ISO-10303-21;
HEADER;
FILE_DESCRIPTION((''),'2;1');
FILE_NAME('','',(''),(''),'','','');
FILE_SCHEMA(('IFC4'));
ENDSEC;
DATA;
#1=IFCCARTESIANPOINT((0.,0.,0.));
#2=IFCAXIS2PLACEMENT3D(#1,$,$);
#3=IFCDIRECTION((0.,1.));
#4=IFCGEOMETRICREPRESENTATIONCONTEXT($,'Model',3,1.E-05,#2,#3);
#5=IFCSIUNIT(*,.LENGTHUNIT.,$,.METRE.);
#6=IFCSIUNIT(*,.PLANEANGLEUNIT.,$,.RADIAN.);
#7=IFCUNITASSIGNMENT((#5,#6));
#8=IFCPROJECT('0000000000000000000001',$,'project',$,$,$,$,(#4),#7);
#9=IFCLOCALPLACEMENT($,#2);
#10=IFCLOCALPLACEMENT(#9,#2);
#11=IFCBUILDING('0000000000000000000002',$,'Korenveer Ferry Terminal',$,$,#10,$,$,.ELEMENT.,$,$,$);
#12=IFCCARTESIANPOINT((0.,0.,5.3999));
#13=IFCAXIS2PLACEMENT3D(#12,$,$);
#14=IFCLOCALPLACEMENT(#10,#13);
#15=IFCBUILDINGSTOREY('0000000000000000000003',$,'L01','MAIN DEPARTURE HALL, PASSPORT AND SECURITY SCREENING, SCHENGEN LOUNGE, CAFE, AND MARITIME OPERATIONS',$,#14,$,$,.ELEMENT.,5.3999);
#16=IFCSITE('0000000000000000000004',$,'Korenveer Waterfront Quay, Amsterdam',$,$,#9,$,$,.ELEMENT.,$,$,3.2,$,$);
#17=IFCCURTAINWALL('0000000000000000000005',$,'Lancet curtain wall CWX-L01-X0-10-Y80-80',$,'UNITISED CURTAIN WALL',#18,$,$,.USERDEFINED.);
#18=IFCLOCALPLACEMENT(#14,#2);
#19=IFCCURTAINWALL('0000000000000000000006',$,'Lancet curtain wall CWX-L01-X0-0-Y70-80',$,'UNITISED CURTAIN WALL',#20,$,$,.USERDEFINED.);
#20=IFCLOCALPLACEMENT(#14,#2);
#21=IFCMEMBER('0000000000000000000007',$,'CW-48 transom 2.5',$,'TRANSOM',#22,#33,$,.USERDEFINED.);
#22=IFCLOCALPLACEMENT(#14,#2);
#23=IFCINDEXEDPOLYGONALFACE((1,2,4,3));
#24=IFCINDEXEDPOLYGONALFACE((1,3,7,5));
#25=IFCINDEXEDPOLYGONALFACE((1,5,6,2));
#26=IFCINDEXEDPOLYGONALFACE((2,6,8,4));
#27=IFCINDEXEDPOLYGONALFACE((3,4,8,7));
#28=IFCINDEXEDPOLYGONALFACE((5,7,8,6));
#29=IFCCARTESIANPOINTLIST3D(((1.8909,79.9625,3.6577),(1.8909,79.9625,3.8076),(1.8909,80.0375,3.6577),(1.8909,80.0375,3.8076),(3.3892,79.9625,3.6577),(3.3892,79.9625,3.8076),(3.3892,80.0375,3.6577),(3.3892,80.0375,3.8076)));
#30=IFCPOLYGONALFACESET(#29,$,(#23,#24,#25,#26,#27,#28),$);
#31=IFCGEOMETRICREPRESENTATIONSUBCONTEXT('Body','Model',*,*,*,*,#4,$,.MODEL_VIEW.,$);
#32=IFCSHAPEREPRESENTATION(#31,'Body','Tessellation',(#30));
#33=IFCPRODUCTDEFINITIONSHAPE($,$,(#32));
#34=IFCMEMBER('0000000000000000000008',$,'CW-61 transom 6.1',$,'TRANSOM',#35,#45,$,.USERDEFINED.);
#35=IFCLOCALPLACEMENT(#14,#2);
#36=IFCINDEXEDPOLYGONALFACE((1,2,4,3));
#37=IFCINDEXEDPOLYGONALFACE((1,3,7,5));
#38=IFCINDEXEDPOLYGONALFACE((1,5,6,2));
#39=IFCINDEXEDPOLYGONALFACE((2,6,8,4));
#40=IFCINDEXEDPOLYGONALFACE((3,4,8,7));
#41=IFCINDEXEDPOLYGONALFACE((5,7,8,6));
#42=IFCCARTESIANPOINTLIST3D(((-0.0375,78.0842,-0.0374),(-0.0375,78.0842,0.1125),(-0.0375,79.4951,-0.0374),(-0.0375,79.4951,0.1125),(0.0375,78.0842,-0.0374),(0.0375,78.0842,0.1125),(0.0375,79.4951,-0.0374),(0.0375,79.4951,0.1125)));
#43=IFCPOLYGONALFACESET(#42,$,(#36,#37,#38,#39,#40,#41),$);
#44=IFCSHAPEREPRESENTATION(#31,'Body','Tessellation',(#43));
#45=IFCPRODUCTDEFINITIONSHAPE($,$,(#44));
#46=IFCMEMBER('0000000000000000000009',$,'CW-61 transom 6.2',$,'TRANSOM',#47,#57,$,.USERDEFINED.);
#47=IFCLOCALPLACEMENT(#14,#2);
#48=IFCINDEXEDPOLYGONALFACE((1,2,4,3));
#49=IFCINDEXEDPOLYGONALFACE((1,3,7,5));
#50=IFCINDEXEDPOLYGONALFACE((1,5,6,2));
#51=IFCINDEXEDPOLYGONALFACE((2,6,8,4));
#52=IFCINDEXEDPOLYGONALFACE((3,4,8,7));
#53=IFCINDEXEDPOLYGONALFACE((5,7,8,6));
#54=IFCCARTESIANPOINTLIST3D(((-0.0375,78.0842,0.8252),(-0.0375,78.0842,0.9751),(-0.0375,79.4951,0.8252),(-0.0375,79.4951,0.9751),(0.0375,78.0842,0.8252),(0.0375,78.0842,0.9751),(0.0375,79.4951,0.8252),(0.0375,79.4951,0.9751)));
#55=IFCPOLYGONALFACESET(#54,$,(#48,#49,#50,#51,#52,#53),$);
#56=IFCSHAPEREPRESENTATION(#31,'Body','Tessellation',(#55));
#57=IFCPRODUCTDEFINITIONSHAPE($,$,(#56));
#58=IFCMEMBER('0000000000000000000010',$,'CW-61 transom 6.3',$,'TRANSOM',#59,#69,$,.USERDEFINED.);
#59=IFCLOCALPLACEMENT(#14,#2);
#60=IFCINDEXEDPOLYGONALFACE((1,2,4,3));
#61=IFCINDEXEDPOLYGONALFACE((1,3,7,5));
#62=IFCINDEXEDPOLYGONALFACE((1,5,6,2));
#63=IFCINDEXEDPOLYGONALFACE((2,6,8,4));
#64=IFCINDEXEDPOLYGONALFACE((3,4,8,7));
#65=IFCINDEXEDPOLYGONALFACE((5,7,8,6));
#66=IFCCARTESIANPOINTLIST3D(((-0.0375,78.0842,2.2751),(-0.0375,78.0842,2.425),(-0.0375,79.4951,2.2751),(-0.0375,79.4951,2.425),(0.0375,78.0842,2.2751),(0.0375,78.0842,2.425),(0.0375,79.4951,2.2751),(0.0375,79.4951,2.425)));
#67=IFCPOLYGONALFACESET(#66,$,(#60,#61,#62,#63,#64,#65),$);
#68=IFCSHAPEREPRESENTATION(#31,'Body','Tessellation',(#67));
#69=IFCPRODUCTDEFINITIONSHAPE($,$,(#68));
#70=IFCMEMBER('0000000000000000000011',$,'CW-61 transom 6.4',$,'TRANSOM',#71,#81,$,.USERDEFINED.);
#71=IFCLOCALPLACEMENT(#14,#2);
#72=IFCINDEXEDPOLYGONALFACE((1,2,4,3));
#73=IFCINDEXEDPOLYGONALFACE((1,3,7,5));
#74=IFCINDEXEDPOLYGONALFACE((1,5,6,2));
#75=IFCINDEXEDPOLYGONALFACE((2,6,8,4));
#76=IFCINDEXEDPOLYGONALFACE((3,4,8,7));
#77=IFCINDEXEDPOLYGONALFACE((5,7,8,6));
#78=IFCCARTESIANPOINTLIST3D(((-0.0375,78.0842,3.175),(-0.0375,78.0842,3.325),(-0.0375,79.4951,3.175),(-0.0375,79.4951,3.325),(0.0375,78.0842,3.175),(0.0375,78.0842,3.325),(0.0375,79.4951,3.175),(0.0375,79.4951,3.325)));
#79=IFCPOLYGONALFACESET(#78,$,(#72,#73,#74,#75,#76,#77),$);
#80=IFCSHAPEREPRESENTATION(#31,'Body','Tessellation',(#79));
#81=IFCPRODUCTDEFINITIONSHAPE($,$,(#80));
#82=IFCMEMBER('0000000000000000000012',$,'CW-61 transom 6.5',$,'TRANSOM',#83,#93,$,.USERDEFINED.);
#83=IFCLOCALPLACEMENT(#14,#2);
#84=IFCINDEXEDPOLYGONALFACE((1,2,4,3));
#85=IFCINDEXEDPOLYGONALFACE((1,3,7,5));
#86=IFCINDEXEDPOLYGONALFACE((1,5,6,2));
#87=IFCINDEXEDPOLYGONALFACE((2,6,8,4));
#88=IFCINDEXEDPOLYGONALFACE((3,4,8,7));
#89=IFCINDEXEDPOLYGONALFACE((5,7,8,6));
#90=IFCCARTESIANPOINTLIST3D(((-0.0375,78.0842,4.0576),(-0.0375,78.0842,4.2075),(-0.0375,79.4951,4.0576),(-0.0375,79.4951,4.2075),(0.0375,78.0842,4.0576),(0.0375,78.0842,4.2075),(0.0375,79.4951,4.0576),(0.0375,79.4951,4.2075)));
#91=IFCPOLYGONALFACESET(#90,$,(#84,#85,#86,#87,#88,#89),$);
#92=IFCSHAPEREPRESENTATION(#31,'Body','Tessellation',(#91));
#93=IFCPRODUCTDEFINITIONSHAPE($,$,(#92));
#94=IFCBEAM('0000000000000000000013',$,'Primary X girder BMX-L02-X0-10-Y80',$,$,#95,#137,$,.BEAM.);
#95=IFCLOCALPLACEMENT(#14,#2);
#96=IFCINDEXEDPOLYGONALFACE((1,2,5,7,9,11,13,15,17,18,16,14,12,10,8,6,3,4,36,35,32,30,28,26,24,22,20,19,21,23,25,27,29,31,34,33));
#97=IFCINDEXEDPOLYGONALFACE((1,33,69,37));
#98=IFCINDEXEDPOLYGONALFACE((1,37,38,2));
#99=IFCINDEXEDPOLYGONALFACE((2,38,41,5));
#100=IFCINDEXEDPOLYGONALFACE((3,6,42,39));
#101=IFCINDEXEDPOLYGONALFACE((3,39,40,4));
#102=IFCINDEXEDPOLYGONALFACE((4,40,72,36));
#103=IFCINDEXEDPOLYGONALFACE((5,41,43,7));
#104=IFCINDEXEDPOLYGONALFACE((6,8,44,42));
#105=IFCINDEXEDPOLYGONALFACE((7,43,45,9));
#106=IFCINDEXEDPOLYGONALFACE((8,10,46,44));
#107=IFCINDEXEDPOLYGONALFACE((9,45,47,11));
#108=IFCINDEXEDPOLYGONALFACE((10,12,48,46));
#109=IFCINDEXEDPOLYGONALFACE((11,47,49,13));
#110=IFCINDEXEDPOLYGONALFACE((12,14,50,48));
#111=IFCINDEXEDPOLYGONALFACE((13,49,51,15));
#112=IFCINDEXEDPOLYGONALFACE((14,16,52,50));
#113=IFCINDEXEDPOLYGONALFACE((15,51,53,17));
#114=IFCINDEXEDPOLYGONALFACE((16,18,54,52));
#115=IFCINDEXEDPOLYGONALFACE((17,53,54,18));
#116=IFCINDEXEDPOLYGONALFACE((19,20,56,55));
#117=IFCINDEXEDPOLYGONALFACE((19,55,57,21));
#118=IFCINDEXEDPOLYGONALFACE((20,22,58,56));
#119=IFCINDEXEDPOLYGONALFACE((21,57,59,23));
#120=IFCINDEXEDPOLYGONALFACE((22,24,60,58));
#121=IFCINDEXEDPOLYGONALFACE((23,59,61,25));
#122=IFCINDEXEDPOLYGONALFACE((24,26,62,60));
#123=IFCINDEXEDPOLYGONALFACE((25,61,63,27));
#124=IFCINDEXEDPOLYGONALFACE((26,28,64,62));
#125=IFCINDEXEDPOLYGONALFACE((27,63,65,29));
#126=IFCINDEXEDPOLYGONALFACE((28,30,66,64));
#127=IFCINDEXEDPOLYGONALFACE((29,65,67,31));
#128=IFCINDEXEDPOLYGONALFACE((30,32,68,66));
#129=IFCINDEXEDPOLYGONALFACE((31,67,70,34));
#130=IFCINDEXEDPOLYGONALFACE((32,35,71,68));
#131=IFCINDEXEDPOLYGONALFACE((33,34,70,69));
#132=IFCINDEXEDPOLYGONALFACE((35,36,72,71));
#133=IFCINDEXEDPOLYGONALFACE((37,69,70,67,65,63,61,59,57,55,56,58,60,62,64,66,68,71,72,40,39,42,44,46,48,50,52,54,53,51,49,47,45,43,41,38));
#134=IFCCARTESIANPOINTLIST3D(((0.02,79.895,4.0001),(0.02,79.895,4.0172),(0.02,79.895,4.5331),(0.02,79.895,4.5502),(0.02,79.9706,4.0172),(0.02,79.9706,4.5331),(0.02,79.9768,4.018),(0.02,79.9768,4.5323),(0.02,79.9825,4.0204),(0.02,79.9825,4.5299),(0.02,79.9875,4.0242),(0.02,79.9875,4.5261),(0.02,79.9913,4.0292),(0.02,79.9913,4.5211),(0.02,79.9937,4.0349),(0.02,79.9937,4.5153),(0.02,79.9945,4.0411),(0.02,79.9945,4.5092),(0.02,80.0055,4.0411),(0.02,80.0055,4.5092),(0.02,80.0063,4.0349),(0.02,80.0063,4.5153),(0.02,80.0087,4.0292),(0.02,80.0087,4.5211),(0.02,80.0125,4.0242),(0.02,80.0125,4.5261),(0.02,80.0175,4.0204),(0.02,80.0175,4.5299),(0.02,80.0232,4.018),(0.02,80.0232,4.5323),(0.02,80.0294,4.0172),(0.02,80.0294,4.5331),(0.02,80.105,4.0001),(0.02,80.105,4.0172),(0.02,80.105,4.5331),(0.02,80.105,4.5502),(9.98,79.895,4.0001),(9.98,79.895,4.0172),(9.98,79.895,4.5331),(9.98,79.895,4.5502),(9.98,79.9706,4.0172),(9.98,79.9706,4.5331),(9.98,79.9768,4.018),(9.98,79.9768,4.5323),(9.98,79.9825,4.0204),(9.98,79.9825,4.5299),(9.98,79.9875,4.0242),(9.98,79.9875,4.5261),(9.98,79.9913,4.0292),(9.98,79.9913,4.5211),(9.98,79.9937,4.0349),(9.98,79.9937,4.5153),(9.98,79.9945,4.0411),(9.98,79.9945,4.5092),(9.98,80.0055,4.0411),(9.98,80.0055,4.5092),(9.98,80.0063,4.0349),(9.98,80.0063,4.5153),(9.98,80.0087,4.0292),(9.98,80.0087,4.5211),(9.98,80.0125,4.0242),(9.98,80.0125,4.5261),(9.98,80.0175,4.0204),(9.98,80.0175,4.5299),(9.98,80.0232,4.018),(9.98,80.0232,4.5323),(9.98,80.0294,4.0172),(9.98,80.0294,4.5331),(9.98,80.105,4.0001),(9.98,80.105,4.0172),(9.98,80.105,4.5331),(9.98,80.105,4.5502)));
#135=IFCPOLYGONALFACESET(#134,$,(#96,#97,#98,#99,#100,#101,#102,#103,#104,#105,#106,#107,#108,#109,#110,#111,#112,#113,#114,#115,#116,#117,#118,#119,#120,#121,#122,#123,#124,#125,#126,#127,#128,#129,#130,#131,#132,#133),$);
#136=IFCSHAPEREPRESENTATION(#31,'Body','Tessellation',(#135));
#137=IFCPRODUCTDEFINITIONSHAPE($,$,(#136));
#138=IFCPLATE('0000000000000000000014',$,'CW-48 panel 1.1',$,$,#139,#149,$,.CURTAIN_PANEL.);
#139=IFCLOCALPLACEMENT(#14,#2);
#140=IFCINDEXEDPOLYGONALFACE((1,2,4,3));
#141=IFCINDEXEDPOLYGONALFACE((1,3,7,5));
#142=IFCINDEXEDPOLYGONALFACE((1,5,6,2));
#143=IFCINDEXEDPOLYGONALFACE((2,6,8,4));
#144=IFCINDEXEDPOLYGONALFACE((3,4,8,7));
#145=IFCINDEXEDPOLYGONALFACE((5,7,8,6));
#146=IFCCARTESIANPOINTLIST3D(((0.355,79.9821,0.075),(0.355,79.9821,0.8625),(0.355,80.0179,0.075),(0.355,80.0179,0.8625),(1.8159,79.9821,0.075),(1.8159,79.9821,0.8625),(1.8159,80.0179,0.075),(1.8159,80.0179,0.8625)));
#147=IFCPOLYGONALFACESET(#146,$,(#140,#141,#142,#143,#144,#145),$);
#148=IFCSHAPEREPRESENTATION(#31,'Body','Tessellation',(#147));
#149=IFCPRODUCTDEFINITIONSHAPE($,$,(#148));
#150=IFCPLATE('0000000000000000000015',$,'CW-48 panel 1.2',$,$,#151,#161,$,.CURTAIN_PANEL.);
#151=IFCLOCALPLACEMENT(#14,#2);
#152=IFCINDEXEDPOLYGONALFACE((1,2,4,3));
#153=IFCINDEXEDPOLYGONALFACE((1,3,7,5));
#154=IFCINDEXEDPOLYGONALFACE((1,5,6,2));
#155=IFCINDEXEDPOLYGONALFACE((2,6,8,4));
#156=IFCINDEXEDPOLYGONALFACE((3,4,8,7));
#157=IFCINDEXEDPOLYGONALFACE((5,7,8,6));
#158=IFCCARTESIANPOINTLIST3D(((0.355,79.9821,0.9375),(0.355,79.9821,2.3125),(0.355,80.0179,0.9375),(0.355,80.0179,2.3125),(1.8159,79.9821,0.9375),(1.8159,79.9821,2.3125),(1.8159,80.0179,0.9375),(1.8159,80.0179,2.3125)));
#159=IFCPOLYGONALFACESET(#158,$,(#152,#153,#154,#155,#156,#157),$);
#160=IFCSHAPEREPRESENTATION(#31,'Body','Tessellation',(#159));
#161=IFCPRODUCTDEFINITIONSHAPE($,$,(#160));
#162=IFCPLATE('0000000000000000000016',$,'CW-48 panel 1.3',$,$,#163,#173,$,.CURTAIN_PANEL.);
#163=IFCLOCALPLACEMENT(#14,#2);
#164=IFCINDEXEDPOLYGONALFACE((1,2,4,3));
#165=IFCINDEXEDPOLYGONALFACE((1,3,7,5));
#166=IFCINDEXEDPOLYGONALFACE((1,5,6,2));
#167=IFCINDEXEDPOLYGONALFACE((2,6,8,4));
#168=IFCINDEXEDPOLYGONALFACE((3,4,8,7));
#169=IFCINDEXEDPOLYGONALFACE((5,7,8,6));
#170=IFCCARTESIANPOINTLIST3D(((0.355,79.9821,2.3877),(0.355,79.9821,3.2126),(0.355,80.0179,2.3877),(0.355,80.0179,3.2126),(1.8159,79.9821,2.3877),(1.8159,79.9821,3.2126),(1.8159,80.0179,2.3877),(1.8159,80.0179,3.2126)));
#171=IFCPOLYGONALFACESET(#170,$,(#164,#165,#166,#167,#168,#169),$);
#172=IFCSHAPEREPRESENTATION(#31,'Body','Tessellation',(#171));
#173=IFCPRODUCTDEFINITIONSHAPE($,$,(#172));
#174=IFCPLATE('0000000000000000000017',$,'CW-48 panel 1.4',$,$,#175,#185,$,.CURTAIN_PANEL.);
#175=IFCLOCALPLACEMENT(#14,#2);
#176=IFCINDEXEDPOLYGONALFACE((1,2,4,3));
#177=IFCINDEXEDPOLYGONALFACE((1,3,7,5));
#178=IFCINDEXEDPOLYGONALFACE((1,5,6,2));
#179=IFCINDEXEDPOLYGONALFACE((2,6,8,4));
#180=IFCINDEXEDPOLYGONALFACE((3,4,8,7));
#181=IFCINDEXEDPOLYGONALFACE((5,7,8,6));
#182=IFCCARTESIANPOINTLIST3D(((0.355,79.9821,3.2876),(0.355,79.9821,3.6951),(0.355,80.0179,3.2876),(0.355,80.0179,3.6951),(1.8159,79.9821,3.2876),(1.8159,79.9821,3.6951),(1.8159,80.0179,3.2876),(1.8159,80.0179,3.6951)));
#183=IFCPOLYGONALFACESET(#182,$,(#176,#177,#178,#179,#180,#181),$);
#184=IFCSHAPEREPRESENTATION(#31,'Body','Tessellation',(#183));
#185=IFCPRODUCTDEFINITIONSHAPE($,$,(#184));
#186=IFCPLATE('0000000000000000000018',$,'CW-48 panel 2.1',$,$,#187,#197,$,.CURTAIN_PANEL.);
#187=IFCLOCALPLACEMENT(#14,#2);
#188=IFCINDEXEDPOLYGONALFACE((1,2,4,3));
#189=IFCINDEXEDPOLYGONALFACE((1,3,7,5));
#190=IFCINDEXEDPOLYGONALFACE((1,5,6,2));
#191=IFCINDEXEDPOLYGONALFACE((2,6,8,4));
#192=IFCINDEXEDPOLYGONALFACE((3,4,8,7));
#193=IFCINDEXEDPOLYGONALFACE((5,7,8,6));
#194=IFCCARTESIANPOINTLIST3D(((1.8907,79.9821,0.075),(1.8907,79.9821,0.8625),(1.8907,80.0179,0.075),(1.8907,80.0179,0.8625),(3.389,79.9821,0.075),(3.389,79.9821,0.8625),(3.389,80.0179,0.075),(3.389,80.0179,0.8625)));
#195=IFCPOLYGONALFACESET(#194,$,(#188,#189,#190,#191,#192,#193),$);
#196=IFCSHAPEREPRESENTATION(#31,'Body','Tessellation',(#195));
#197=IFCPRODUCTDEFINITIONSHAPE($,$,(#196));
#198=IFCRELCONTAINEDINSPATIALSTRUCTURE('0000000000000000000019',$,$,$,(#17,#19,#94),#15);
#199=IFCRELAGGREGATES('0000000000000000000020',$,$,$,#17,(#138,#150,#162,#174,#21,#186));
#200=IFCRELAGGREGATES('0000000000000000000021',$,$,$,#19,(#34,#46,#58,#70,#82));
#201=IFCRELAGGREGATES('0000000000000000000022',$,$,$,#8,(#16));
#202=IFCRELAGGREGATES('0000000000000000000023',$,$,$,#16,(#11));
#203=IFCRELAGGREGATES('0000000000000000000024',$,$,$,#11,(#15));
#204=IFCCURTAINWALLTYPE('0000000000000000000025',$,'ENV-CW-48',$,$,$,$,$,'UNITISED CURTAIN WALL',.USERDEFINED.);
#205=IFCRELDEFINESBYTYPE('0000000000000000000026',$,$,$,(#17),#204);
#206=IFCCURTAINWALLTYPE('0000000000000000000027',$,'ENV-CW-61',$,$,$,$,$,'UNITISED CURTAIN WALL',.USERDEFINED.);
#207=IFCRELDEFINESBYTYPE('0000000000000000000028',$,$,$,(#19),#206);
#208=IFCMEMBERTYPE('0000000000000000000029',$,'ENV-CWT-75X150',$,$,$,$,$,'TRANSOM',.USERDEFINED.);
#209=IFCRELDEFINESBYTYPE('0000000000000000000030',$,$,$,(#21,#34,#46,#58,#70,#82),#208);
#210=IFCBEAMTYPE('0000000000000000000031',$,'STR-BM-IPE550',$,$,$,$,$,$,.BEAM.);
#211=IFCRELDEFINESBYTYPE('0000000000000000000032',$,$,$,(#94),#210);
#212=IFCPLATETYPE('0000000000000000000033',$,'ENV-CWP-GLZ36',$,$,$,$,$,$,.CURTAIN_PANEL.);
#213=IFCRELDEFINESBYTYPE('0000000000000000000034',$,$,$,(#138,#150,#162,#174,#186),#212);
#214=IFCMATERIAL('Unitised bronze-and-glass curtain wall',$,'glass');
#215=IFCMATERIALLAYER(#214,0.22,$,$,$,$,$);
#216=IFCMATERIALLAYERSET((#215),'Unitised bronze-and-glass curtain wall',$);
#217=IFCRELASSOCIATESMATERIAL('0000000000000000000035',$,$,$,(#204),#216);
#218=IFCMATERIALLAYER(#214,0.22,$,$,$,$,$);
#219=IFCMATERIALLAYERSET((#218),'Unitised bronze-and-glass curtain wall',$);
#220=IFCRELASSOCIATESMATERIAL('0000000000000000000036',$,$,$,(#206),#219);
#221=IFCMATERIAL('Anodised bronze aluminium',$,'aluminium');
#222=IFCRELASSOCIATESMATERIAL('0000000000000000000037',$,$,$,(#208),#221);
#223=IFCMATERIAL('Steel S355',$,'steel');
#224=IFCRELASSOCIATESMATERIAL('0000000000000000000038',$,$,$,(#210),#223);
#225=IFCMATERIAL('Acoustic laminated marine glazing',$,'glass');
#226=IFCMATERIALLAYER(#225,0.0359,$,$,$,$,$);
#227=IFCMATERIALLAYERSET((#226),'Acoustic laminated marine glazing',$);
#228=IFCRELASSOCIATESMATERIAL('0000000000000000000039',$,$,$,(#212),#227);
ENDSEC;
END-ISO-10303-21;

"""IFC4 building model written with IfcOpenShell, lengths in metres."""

from ifc_helpers import new_model, si_unit, direction, frame, origin, origin_2d, place, context, subcontext, project, spatial, rectangle, i_section, extrude, material, layer, layer_set, material_profile, profile_set, type_object, element, aggregate, save


model = new_model("IFC4")

# Units and contexts
model_context = context("Model", 3, precision=1e-05, world=origin(), true_north=direction((0.0, 1.0)))
body_context = subcontext(model_context, "Body", "Model", "MODEL_VIEW")
ifc_project = project(units=[si_unit("LENGTHUNIT", "METRE"), si_unit("PLANEANGLEUNIT", "RADIAN")], contexts=[model_context])

# Site, building, storey
site_placement = place(None, origin())
site = spatial("IfcSite", under=ifc_project, at=site_placement, Name="Korenveer Waterfront Quay, Amsterdam", CompositionType="ELEMENT", RefElevation=3.2)
building_placement = place(site_placement, origin())
building = spatial("IfcBuilding", under=site, at=building_placement, Name="Korenveer Ferry Terminal", CompositionType="ELEMENT")
storey_placement = place(building_placement, frame((0.0, 0.0, 5.3999)))
storey = spatial("IfcBuildingStorey", under=building, at=storey_placement, Name="L01", Description="MAIN DEPARTURE HALL, PASSPORT AND SECURITY SCREENING, SCHENGEN LOUNGE, CAFE, AND MARITIME OPERATIONS", CompositionType="ELEMENT", Elevation=5.3999)

# Curtain walls
ifc_material_1 = material(Name="Unitised bronze-and-glass curtain wall", Category="glass")
ifc_layer_1 = layer(ifc_material_1, 0.22)
ifc_layer_set_1 = layer_set([ifc_layer_1], Name="Unitised bronze-and-glass curtain wall")
curtain_wall_type_1 = type_object("IfcCurtainWallType", Name="ENV-CW-48", ElementType="UNITISED CURTAIN WALL", PredefinedType="USERDEFINED", material=ifc_layer_set_1)
curtain_wall_1_placement = place(storey_placement, frame((0.28, 80.0, 0.0)))
curtain_wall_1 = element("IfcCurtainWall", 1, at=curtain_wall_1_placement, inside=storey, type_object=curtain_wall_type_1, Name="Lancet curtain wall CWX-L01-X0-10-Y80-80", ObjectType="UNITISED CURTAIN WALL", PredefinedType="USERDEFINED")
ifc_material_2 = material(Name="Anodised bronze aluminium", Category="aluminium")
ifc_layer_2 = layer(ifc_material_1, 0.22)
ifc_layer_set_2 = layer_set([ifc_layer_2], Name="Unitised bronze-and-glass curtain wall")
curtain_wall_type_2 = type_object("IfcCurtainWallType", Name="ENV-CW-61", ElementType="UNITISED CURTAIN WALL", PredefinedType="USERDEFINED", material=ifc_layer_set_2)
curtain_wall_2_placement = place(storey_placement, frame((0.0, 70.4299, 0.0)))
curtain_wall_2 = element("IfcCurtainWall", 2, at=curtain_wall_2_placement, inside=storey, type_object=curtain_wall_type_2, Name="Lancet curtain wall CWX-L01-X0-0-Y70-80", ObjectType="UNITISED CURTAIN WALL", PredefinedType="USERDEFINED")

# Members
ifc_material_profile_1 = material_profile(ifc_material_2, rectangle(XDim=0.075, YDim=0.1499, at=origin_2d()), Name="ALU 75x150")
ifc_profile_set_1 = profile_set([ifc_material_profile_1], Name="Anodised bronze aluminium")
member_type_1 = type_object("IfcMemberType", Name="ENV-CWT-75X150", ElementType="TRANSOM", PredefinedType="USERDEFINED", material=ifc_profile_set_1)
member_1_placement = place(storey_placement, frame((1.8909, 80.0, 3.7327), z_axis=(1.0, 0.0, 0.0), x_axis=(0.0, 1.0, 0.0)))
member_1 = element("IfcMember", 3, at=member_1_placement, type_object=member_type_1, Name="CW-48 transom 2.5", ObjectType="TRANSOM", PredefinedType="USERDEFINED", context=body_context, shape_type="SweptSolid", body=[
    extrude(rectangle(XDim=0.075, YDim=0.1499, at=origin_2d()), origin(), (0.0, 0.0, 1.0), 1.4983),
])
member_2_placement = place(storey_placement, frame((0.0, 78.0842, 0.0376), z_axis=(0.0, 1.0, 0.0), x_axis=(-1.0, 0.0, 0.0)))
member_2 = element("IfcMember", 4, at=member_2_placement, type_object=member_type_1, Name="CW-61 transom 6.1", ObjectType="TRANSOM", PredefinedType="USERDEFINED", context=body_context, shape_type="SweptSolid", body=[
    extrude(rectangle(XDim=0.075, YDim=0.1499, at=origin_2d()), origin(), (0.0, 0.0, 1.0), 1.4109),
])
member_3_placement = place(storey_placement, frame((0.0, 78.0842, 0.9001), z_axis=(0.0, 1.0, 0.0), x_axis=(-1.0, 0.0, 0.0)))
member_3 = element("IfcMember", 5, at=member_3_placement, type_object=member_type_1, Name="CW-61 transom 6.2", ObjectType="TRANSOM", PredefinedType="USERDEFINED", context=body_context, shape_type="SweptSolid", body=[
    extrude(rectangle(XDim=0.075, YDim=0.1499, at=origin_2d()), origin(), (0.0, 0.0, 1.0), 1.4109),
])
member_4_placement = place(storey_placement, frame((0.0, 78.0842, 2.3501), z_axis=(0.0, 1.0, 0.0), x_axis=(-1.0, 0.0, 0.0)))
member_4 = element("IfcMember", 6, at=member_4_placement, type_object=member_type_1, Name="CW-61 transom 6.3", ObjectType="TRANSOM", PredefinedType="USERDEFINED", context=body_context, shape_type="SweptSolid", body=[
    extrude(rectangle(XDim=0.075, YDim=0.1499, at=origin_2d()), origin(), (0.0, 0.0, 1.0), 1.4109),
])
member_5_placement = place(storey_placement, frame((0.0, 78.0842, 3.25), z_axis=(0.0, 1.0, 0.0), x_axis=(-1.0, 0.0, 0.0)))
member_5 = element("IfcMember", 7, at=member_5_placement, type_object=member_type_1, Name="CW-61 transom 6.4", ObjectType="TRANSOM", PredefinedType="USERDEFINED", context=body_context, shape_type="SweptSolid", body=[
    extrude(rectangle(XDim=0.075, YDim=0.1499, at=origin_2d()), origin(), (0.0, 0.0, 1.0), 1.4109),
])
member_6_placement = place(storey_placement, frame((0.0, 78.0842, 4.1326), z_axis=(0.0, 1.0, 0.0), x_axis=(-1.0, 0.0, 0.0)))
member_6 = element("IfcMember", 8, at=member_6_placement, type_object=member_type_1, Name="CW-61 transom 6.5", ObjectType="TRANSOM", PredefinedType="USERDEFINED", context=body_context, shape_type="SweptSolid", body=[
    extrude(rectangle(XDim=0.075, YDim=0.1499, at=origin_2d()), origin(), (0.0, 0.0, 1.0), 1.4109),
])

# Beam
ifc_material_3 = material(Name="Steel S355", Category="steel")
ifc_material_profile_2 = material_profile(ifc_material_3, i_section(OverallWidth=0.21, OverallDepth=0.55, WebThickness=0.011, FlangeThickness=0.0171, FilletRadius=0.0239, at=origin_2d()), Name="IPE 550")
ifc_profile_set_2 = profile_set([ifc_material_profile_2], Name="Steel S355")
beam_type = type_object("IfcBeamType", Name="STR-BM-IPE550", PredefinedType="BEAM", material=ifc_profile_set_2)
beam_placement = place(storey_placement, frame((0.02, 80.0, 4.2751), z_axis=(1.0, 0.0, 0.0), x_axis=(0.0, 1.0, 0.0)))
element("IfcBeam", 9, at=beam_placement, inside=storey, type_object=beam_type, Name="Primary X girder BMX-L02-X0-10-Y80", PredefinedType="BEAM", context=body_context, shape_type="SweptSolid", body=[
    extrude(i_section(OverallWidth=0.21, OverallDepth=0.55, WebThickness=0.011, FlangeThickness=0.0171, FilletRadius=0.0239, at=origin_2d()), origin(), (0.0, 0.0, 1.0), 9.96),
])

# Plates
ifc_material_4 = material(Name="Acoustic laminated marine glazing", Category="glass")
ifc_layer_3 = layer(ifc_material_4, 0.0359)
ifc_layer_set_3 = layer_set([ifc_layer_3], Name="Acoustic laminated marine glazing")
plate_type = type_object("IfcPlateType", Name="ENV-CWP-GLZ36", PredefinedType="CURTAIN_PANEL", material=ifc_layer_set_3)
plate_1_placement = place(storey_placement, frame((1.0854, 80.0, 0.075), z_axis=(0.0, 0.0, 1.0), x_axis=(1.0, 0.0, 0.0)))
plate_1 = element("IfcPlate", 10, at=plate_1_placement, type_object=plate_type, Name="CW-48 panel 1.1", PredefinedType="CURTAIN_PANEL", context=body_context, shape_type="SweptSolid", body=[
    extrude(rectangle(XDim=1.4609, YDim=0.0359, at=origin_2d()), origin(), (0.0, 0.0, 1.0), 0.7876),
])
plate_2_placement = place(storey_placement, frame((1.0854, 80.0, 0.9375), z_axis=(0.0, 0.0, 1.0), x_axis=(1.0, 0.0, 0.0)))
plate_2 = element("IfcPlate", 11, at=plate_2_placement, type_object=plate_type, Name="CW-48 panel 1.2", PredefinedType="CURTAIN_PANEL", context=body_context, shape_type="SweptSolid", body=[
    extrude(rectangle(XDim=1.4609, YDim=0.0359, at=origin_2d()), origin(), (0.0, 0.0, 1.0), 1.375),
])
plate_3_placement = place(storey_placement, frame((1.0854, 80.0, 2.3877), z_axis=(0.0, 0.0, 1.0), x_axis=(1.0, 0.0, 0.0)))
plate_3 = element("IfcPlate", 12, at=plate_3_placement, type_object=plate_type, Name="CW-48 panel 1.3", PredefinedType="CURTAIN_PANEL", context=body_context, shape_type="SweptSolid", body=[
    extrude(rectangle(XDim=1.4609, YDim=0.0359, at=origin_2d()), origin(), (0.0, 0.0, 1.0), 0.825),
])
plate_4_placement = place(storey_placement, frame((1.0854, 80.0, 3.2876), z_axis=(0.0, 0.0, 1.0), x_axis=(1.0, 0.0, 0.0)))
plate_4 = element("IfcPlate", 13, at=plate_4_placement, type_object=plate_type, Name="CW-48 panel 1.4", PredefinedType="CURTAIN_PANEL", context=body_context, shape_type="SweptSolid", body=[
    extrude(rectangle(XDim=1.4609, YDim=0.0359, at=origin_2d()), origin(), (0.0, 0.0, 1.0), 0.4075),
])
plate_5_placement = place(storey_placement, frame((2.6399, 80.0, 0.075), z_axis=(0.0, 0.0, 1.0), x_axis=(1.0, 0.0, 0.0)))
plate_5 = element("IfcPlate", 14, at=plate_5_placement, type_object=plate_type, Name="CW-48 panel 2.1", PredefinedType="CURTAIN_PANEL", context=body_context, shape_type="SweptSolid", body=[
    extrude(rectangle(XDim=1.4983, YDim=0.0359, at=origin_2d()), origin(), (0.0, 0.0, 1.0), 0.7876),
])
aggregate(curtain_wall_1, [plate_1, plate_2, plate_3, plate_4, member_1, plate_5])
aggregate(curtain_wall_2, [member_2, member_3, member_4, member_5, member_6])

save(model, "model.ifc")
